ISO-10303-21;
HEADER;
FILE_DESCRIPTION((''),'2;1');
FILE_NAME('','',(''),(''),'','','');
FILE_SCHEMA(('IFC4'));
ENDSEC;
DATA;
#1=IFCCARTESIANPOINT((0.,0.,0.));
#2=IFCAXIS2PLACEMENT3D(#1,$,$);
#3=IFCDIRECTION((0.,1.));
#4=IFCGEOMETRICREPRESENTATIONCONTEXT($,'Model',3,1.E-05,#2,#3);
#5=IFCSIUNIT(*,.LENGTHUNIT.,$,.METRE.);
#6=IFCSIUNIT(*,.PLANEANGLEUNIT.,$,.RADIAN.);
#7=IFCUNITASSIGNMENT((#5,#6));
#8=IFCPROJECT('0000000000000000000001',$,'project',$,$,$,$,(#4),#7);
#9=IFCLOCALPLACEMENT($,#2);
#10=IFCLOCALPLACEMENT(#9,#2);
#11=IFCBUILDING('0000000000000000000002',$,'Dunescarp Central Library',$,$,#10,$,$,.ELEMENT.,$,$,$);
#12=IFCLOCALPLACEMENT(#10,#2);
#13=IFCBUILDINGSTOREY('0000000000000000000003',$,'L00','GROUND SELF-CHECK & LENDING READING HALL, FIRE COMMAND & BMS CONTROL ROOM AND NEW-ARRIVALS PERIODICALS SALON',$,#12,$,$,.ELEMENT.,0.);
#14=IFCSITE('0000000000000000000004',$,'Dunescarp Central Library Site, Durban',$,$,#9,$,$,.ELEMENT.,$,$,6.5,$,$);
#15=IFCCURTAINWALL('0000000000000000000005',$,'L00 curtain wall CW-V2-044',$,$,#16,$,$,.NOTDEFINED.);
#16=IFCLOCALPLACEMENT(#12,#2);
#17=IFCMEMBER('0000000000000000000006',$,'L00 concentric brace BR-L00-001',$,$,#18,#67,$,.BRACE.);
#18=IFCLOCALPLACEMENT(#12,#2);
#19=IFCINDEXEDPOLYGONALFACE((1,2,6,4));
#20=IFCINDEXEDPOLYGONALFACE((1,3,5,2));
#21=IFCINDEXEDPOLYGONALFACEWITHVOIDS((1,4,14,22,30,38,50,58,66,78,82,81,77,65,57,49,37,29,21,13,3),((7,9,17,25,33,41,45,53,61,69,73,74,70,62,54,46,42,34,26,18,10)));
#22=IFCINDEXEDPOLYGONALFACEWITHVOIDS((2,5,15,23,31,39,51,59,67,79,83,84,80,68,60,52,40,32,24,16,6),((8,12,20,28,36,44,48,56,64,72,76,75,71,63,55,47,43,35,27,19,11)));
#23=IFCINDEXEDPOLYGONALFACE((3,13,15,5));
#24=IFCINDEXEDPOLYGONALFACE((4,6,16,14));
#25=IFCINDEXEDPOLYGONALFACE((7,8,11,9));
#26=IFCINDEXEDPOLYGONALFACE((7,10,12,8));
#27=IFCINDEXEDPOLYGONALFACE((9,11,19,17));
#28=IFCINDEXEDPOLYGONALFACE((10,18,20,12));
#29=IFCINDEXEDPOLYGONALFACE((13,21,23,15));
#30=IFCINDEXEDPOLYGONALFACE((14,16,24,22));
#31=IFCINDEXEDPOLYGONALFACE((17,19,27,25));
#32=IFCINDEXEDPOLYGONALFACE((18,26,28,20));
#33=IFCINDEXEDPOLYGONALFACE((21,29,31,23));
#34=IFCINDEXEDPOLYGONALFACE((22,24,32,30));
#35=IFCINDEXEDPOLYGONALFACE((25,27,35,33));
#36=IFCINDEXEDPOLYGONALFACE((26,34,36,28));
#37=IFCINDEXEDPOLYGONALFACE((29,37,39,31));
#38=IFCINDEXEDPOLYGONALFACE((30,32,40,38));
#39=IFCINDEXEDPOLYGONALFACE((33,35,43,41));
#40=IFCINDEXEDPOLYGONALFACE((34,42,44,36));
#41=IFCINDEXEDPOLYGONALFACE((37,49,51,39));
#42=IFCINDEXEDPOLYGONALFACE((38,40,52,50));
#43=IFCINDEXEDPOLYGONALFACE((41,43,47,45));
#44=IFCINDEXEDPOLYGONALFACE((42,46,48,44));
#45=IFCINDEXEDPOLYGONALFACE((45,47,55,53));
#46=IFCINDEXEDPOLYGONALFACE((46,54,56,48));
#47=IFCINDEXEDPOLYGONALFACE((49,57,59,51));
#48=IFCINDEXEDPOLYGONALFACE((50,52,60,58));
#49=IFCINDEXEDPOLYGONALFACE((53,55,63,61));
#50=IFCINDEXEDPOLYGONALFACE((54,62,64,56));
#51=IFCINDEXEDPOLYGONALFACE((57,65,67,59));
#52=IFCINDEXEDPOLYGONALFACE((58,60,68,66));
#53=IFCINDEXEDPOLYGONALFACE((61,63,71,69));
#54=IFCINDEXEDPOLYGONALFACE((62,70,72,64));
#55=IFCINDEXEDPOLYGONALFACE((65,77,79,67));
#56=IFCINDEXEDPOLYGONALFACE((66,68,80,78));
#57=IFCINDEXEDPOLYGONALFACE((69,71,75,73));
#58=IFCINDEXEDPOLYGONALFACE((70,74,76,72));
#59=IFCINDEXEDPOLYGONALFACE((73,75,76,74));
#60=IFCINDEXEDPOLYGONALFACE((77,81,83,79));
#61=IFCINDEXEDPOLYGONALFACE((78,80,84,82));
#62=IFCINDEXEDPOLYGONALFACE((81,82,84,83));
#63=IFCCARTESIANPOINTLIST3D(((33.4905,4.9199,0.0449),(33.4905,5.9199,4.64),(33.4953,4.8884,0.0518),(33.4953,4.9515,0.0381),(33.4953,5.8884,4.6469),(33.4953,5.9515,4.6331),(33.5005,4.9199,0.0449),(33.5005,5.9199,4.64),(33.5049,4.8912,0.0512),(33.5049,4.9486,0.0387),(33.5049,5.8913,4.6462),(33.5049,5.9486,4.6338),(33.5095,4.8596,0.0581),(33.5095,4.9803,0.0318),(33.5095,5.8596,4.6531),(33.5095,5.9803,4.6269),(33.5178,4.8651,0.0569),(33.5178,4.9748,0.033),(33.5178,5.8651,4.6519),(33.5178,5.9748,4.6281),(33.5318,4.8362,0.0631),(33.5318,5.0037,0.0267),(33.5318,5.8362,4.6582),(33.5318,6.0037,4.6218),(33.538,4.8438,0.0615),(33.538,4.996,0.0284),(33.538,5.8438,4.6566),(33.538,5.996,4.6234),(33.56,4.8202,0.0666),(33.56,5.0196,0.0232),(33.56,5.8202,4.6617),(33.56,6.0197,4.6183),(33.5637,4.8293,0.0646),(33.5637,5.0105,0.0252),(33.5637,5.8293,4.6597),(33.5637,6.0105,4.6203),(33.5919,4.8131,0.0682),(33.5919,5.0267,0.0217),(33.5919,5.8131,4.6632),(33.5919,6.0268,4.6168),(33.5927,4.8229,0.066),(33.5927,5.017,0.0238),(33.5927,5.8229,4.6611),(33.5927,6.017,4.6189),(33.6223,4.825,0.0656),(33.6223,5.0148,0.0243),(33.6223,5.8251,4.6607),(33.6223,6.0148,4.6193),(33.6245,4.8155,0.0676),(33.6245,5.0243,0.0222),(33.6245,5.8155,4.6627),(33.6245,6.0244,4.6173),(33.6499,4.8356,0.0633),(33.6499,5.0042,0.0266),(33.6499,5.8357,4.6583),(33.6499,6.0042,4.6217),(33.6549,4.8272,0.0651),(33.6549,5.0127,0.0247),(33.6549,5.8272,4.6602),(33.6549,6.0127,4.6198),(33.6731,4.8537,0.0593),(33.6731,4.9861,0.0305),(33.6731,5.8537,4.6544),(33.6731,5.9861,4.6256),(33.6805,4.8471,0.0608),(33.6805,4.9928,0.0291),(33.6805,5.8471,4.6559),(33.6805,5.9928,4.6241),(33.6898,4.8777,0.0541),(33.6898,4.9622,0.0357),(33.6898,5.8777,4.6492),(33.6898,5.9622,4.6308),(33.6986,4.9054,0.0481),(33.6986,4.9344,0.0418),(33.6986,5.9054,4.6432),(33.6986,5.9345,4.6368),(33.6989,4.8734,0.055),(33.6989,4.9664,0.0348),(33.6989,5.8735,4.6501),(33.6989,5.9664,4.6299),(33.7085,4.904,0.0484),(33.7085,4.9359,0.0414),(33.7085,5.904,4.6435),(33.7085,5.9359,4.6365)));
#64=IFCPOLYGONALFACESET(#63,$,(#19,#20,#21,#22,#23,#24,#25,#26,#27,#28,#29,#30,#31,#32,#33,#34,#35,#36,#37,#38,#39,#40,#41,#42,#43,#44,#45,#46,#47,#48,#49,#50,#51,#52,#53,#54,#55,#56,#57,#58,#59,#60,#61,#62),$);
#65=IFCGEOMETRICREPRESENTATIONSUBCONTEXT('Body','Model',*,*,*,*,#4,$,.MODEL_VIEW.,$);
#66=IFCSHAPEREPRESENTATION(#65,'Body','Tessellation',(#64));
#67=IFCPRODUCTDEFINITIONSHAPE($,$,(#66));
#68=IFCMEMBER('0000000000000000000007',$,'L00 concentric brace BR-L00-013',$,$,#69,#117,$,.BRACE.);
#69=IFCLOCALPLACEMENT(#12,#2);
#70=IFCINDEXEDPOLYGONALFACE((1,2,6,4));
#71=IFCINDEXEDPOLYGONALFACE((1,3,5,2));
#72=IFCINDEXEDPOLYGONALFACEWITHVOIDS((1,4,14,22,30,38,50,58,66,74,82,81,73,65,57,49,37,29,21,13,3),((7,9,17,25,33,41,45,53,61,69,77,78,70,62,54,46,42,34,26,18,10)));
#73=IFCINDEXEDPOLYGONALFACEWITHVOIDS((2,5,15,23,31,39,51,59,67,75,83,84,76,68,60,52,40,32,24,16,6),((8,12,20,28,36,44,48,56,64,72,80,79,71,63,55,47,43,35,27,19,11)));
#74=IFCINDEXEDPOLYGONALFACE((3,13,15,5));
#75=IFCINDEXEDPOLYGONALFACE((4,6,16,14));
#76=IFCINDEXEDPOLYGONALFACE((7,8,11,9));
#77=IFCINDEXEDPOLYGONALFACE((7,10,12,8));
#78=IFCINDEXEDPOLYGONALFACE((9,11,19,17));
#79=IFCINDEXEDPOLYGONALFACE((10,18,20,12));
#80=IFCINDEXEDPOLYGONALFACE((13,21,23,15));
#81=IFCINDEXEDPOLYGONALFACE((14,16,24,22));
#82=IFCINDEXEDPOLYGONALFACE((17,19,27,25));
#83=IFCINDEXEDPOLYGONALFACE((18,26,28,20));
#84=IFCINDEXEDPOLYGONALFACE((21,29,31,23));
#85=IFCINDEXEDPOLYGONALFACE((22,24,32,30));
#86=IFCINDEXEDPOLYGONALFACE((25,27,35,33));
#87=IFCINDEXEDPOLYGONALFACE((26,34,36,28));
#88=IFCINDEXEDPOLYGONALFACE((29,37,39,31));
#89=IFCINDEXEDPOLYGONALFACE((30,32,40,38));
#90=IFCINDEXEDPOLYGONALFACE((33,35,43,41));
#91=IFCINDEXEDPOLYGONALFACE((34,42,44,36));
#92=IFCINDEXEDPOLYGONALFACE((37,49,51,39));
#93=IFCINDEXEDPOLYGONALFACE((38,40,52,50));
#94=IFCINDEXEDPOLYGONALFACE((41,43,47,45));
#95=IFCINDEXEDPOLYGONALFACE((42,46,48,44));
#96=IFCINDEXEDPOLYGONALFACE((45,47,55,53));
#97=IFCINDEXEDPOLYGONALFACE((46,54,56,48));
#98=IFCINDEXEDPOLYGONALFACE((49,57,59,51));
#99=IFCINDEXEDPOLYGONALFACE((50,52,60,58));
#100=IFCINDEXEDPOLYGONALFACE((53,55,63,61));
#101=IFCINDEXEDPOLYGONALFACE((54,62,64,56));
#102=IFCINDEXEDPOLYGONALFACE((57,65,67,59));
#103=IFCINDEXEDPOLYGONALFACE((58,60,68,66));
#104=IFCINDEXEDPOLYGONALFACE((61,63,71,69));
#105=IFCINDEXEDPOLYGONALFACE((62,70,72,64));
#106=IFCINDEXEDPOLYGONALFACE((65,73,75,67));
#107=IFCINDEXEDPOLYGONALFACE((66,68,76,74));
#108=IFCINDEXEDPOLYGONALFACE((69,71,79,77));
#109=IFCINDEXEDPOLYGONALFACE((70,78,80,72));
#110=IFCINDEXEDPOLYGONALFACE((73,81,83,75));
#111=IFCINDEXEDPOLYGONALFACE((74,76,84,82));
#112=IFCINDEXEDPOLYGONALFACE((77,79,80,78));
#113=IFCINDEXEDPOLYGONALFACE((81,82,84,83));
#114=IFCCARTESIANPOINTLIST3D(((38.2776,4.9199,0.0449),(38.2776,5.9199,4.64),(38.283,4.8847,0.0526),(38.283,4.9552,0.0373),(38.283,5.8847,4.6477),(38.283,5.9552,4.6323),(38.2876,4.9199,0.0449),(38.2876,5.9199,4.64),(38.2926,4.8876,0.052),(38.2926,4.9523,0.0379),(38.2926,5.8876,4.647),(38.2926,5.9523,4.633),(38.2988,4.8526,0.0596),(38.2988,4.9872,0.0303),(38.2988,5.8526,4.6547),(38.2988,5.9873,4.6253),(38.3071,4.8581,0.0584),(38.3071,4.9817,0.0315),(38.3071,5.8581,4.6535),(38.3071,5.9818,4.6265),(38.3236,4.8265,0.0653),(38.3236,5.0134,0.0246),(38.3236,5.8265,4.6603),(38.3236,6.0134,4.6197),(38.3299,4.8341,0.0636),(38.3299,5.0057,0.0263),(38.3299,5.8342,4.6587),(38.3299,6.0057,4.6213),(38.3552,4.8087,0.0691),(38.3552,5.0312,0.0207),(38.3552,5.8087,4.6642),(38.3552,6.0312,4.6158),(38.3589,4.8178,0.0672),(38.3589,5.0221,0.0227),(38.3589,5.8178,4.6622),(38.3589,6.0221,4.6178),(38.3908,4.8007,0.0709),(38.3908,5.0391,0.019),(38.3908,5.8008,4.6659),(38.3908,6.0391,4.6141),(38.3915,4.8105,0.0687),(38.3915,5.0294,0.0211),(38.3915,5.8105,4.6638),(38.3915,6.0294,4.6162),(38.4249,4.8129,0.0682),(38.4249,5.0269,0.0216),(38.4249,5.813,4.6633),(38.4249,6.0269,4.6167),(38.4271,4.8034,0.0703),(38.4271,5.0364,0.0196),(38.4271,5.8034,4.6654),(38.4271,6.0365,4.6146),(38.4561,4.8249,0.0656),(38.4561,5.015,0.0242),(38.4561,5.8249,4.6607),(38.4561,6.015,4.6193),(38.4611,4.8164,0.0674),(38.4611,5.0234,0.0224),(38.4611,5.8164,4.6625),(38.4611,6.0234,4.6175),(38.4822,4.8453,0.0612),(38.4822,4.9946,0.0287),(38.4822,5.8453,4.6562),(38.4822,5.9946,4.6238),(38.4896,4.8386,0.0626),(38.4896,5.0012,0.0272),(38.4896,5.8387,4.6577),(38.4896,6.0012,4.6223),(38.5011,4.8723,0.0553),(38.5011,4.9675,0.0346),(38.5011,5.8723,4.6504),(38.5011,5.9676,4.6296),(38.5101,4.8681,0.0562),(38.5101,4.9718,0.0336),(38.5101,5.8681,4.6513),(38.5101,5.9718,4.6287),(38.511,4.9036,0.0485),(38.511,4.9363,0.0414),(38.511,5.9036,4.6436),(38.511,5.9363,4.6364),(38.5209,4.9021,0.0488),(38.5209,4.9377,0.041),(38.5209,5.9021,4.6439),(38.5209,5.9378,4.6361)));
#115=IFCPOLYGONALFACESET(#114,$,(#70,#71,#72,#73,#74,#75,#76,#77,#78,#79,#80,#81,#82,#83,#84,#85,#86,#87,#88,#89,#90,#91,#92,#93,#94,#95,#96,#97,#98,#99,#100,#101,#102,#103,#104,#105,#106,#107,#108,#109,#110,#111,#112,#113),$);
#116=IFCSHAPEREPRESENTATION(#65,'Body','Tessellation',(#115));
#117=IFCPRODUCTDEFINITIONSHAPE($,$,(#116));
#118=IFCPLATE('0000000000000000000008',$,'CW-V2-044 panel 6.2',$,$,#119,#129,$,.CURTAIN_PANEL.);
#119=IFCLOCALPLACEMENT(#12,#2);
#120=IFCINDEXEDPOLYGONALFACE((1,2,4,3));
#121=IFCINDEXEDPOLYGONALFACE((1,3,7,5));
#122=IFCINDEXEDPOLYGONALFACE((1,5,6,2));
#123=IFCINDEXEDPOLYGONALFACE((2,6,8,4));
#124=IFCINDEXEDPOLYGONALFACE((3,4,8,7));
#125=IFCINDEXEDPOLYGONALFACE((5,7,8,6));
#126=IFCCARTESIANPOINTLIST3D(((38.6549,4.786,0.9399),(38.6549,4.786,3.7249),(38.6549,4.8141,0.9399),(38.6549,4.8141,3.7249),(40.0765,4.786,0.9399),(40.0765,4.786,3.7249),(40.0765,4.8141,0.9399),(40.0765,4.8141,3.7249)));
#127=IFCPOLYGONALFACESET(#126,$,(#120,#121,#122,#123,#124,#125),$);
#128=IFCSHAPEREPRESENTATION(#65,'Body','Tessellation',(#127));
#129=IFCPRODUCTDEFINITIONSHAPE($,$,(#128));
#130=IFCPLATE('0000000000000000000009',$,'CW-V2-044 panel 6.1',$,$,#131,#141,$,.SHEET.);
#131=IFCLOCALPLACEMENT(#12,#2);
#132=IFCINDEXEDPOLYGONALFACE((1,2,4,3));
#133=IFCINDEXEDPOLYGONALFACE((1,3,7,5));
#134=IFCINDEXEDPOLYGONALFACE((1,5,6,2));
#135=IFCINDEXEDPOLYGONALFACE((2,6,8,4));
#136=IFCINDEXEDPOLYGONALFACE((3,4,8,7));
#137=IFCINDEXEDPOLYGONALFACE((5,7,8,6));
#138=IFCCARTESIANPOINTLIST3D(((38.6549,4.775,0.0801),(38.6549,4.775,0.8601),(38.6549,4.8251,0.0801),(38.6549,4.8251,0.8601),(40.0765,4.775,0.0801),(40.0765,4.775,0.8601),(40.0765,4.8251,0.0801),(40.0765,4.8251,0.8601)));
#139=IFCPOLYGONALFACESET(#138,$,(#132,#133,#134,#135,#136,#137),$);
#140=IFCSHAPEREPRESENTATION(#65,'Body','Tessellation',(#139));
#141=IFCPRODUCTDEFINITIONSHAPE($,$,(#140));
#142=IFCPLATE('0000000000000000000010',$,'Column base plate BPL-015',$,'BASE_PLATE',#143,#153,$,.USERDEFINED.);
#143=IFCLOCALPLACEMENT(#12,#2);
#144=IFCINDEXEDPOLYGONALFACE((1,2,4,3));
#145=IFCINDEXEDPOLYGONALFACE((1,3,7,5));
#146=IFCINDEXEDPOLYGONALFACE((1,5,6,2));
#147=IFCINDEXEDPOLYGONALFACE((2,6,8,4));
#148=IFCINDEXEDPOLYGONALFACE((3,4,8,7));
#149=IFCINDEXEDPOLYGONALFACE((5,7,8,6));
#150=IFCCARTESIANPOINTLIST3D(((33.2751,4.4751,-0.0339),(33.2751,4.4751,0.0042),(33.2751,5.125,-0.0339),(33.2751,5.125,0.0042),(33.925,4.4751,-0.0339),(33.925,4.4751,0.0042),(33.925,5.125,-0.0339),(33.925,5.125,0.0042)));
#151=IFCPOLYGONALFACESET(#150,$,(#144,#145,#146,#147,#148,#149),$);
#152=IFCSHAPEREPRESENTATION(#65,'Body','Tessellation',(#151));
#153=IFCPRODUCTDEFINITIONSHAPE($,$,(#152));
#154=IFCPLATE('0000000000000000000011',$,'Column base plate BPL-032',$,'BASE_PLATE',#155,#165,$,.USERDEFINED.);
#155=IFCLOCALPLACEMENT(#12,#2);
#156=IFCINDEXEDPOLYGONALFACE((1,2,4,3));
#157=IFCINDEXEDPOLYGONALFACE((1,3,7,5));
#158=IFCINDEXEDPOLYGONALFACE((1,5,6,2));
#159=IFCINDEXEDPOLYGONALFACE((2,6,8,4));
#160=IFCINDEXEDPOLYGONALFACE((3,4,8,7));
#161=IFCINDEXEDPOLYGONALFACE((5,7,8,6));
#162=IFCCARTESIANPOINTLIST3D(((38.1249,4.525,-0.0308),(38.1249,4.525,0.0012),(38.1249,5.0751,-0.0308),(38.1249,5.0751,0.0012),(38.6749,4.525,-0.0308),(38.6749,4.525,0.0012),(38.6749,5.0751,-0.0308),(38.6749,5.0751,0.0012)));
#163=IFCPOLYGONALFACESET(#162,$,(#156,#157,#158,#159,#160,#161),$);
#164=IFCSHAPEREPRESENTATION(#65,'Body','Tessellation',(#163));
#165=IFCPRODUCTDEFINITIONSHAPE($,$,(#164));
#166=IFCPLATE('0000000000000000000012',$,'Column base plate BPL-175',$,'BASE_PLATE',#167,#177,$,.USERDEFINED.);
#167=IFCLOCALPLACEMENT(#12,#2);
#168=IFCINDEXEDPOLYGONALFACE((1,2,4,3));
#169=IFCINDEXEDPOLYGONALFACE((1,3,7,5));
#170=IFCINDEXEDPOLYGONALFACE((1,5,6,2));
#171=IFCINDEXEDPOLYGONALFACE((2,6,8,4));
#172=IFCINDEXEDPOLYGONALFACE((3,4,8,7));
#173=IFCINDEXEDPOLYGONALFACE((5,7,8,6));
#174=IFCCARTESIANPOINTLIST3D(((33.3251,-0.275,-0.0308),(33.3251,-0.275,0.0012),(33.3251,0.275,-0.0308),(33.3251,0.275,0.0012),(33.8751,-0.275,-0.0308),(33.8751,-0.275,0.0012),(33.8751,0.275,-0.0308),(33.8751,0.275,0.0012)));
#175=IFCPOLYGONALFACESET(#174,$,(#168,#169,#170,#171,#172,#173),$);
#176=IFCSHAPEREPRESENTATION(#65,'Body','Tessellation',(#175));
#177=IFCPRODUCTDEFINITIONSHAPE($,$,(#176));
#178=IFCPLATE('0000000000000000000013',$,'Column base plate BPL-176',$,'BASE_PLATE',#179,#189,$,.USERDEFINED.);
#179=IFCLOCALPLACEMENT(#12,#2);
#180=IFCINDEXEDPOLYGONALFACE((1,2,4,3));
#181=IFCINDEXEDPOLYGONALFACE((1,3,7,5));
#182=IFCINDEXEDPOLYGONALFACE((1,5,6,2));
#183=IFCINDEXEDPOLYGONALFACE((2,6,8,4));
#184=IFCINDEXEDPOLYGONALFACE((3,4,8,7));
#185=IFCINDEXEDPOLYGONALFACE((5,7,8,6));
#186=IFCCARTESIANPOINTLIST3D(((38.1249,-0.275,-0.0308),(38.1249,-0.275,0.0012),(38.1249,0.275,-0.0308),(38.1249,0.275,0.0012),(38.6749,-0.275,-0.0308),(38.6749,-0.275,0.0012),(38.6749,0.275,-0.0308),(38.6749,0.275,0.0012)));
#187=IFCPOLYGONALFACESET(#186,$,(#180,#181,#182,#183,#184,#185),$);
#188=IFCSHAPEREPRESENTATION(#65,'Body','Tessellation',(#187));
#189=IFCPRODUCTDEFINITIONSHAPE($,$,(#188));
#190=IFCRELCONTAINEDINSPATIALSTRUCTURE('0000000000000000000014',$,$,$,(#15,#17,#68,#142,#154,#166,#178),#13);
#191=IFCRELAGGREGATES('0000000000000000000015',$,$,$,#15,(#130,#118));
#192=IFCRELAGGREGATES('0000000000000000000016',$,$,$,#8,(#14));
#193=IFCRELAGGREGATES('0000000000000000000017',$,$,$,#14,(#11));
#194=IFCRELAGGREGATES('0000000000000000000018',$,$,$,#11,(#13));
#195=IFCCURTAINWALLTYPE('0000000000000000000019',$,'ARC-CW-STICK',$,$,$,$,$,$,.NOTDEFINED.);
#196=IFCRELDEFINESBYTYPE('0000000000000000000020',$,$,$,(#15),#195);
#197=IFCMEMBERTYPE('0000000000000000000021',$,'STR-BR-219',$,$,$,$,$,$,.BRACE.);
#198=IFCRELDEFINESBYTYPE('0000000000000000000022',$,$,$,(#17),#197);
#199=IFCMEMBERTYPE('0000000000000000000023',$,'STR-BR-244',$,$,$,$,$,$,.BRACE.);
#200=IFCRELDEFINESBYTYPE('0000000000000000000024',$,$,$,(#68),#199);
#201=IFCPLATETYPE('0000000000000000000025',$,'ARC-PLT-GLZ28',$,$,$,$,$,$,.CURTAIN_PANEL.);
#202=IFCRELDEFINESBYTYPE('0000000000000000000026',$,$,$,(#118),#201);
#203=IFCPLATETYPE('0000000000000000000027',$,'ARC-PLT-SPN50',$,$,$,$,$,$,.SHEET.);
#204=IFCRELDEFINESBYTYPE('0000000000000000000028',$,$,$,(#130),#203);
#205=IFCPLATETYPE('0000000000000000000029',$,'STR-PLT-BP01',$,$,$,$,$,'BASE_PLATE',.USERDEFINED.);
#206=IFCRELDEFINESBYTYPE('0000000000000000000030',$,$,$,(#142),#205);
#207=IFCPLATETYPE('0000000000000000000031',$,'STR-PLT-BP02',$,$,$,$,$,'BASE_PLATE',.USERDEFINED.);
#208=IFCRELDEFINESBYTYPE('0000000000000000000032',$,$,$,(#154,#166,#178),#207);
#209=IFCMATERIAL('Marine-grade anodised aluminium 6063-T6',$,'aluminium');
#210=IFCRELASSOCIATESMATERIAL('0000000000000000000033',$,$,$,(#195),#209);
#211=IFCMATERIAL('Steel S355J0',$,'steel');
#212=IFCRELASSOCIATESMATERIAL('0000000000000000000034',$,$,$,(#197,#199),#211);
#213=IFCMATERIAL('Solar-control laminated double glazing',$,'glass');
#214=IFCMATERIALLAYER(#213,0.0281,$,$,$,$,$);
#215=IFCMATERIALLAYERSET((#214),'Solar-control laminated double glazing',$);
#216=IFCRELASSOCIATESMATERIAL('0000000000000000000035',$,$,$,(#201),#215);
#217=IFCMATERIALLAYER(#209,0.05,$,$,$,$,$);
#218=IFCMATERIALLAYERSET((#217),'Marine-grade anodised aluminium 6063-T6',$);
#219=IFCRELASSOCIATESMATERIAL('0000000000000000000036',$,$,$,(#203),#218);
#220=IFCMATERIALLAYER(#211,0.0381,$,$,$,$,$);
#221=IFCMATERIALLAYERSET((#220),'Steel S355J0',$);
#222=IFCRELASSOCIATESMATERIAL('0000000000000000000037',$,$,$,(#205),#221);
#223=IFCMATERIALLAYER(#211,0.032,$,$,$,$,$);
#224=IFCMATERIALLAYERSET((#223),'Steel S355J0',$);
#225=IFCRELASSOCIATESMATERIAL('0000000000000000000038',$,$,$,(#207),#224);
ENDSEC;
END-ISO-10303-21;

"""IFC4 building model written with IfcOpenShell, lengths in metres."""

from ifc_helpers import new_model, si_unit, direction, frame, origin, origin_2d, place, context, subcontext, project, spatial, rectangle, hollow_circle, extrude, material, layer, layer_set, material_profile, profile_set, type_object, element, aggregate, save


model = new_model("IFC4")

# Units and contexts
model_context = context("Model", 3, precision=1e-05, world=origin(), true_north=direction((0.0, 1.0)))
body_context = subcontext(model_context, "Body", "Model", "MODEL_VIEW")
ifc_project = project(units=[si_unit("LENGTHUNIT", "METRE"), si_unit("PLANEANGLEUNIT", "RADIAN")], contexts=[model_context])

# Site, building, storey
site_placement = place(None, origin())
site = spatial("IfcSite", under=ifc_project, at=site_placement, Name="Dunescarp Central Library Site, Durban", CompositionType="ELEMENT", RefElevation=6.5)
building_placement = place(site_placement, origin())
building = spatial("IfcBuilding", under=site, at=building_placement, Name="Dunescarp Central Library", CompositionType="ELEMENT")
storey_placement = place(building_placement, origin())
storey = spatial("IfcBuildingStorey", under=building, at=storey_placement, Name="L00", Description="GROUND SELF-CHECK & LENDING READING HALL, FIRE COMMAND & BMS CONTROL ROOM AND NEW-ARRIVALS PERIODICALS SALON", CompositionType="ELEMENT", Elevation=0.0)

# Shared definitions
ifc_material_1 = material(Name="Steel S355J0", Category="steel")

# Curtain wall
ifc_material_2 = material(Name="Marine-grade anodised aluminium 6063-T6", Category="aluminium")
curtain_wall_type = type_object("IfcCurtainWallType", Name="ARC-CW-STICK", PredefinedType="NOTDEFINED", material=ifc_material_2)
curtain_wall_placement = place(storey_placement, origin())
curtain_wall = element("IfcCurtainWall", 1, at=curtain_wall_placement, inside=storey, type_object=curtain_wall_type, Name="L00 curtain wall CW-V2-044", PredefinedType="NOTDEFINED")

# Members
ifc_material_profile_1 = material_profile(ifc_material_1, hollow_circle(Radius=0.1096, WallThickness=0.01, at=origin_2d()), Name="CHS 219.1x10")
ifc_profile_set_1 = profile_set([ifc_material_profile_1], Name="Steel S355J0")
member_type_1 = type_object("IfcMemberType", Name="STR-BR-219", PredefinedType="BRACE", material=ifc_profile_set_1)
member_1_placement = place(storey_placement, frame((33.6001, 4.9199, 0.0449), z_axis=(0.0, 0.212652, 0.977128), x_axis=(-1.0, 0.0, 0.0)))
element("IfcMember", 2, at=member_1_placement, inside=storey, type_object=member_type_1, Name="L00 concentric brace BR-L00-001", PredefinedType="BRACE", context=body_context, shape_type="SweptSolid", body=[
    extrude(hollow_circle(Radius=0.1096, WallThickness=0.01, at=origin_2d()), origin(), (0.0, 0.0, 1.0), 4.7026),
])
ifc_material_profile_2 = material_profile(ifc_material_1, hollow_circle(Radius=0.1223, WallThickness=0.01, at=origin_2d()), Name="CHS 244.5x10")
ifc_profile_set_2 = profile_set([ifc_material_profile_2], Name="Steel S355J0")
member_type_2 = type_object("IfcMemberType", Name="STR-BR-244", PredefinedType="BRACE", material=ifc_profile_set_2)
member_2_placement = place(storey_placement, frame((38.3999, 4.9199, 0.0449), z_axis=(0.0, 0.212652, 0.977128), x_axis=(-1.0, 0.0, 0.0)))
element("IfcMember", 3, at=member_2_placement, inside=storey, type_object=member_type_2, Name="L00 concentric brace BR-L00-013", PredefinedType="BRACE", context=body_context, shape_type="SweptSolid", body=[
    extrude(hollow_circle(Radius=0.1223, WallThickness=0.01, at=origin_2d()), origin(), (0.0, 0.0, 1.0), 4.7026),
])

# Plates
ifc_material_3 = material(Name="Solar-control laminated double glazing", Category="glass")
ifc_layer_1 = layer(ifc_material_3, 0.0281)
ifc_layer_set_1 = layer_set([ifc_layer_1], Name="Solar-control laminated double glazing")
plate_type_1 = type_object("IfcPlateType", Name="ARC-PLT-GLZ28", PredefinedType="CURTAIN_PANEL", material=ifc_layer_set_1)
plate_1_placement = place(storey_placement, frame((39.3657, 4.8, 0.9399), z_axis=(0.0, 0.0, 1.0), x_axis=(-1.0, 0.0, 0.0)))
plate_1 = element("IfcPlate", 4, at=plate_1_placement, type_object=plate_type_1, Name="CW-V2-044 panel 6.2", PredefinedType="CURTAIN_PANEL", context=body_context, shape_type="SweptSolid", body=[
    extrude(rectangle(XDim=1.4216, YDim=0.0281, at=origin_2d()), origin(), (0.0, 0.0, 1.0), 2.7849),
])
ifc_layer_2 = layer(ifc_material_2, 0.05)
ifc_layer_set_2 = layer_set([ifc_layer_2], Name="Marine-grade anodised aluminium 6063-T6")
plate_type_2 = type_object("IfcPlateType", Name="ARC-PLT-SPN50", PredefinedType="SHEET", material=ifc_layer_set_2)
plate_2_placement = place(storey_placement, frame((39.3657, 4.8, 0.0801), z_axis=(0.0, 0.0, 1.0), x_axis=(-1.0, 0.0, 0.0)))
plate_2 = element("IfcPlate", 5, at=plate_2_placement, type_object=plate_type_2, Name="CW-V2-044 panel 6.1", PredefinedType="SHEET", context=body_context, shape_type="SweptSolid", body=[
    extrude(rectangle(XDim=1.4216, YDim=0.05, at=origin_2d()), origin(), (0.0, 0.0, 1.0), 0.78),
])
aggregate(curtain_wall, [plate_2, plate_1])

# Plates
ifc_layer_3 = layer(ifc_material_1, 0.0381)
ifc_layer_set_3 = layer_set([ifc_layer_3], Name="Steel S355J0")
plate_type_3 = type_object("IfcPlateType", Name="STR-PLT-BP01", ElementType="BASE_PLATE", PredefinedType="USERDEFINED", material=ifc_layer_set_3)
plate_3_placement = place(storey_placement, frame((33.6001, 4.8, -0.0339), z_axis=(0.0, 0.0, 1.0), x_axis=(1.0, 0.0, 0.0)))
element("IfcPlate", 6, at=plate_3_placement, inside=storey, type_object=plate_type_3, Name="Column base plate BPL-015", ObjectType="BASE_PLATE", PredefinedType="USERDEFINED", context=body_context, shape_type="SweptSolid", body=[
    extrude(rectangle(XDim=0.6499, YDim=0.6499, at=origin_2d()), origin(), (0.0, 0.0, 1.0), 0.0381),
])
ifc_layer_4 = layer(ifc_material_1, 0.032)
ifc_layer_set_4 = layer_set([ifc_layer_4], Name="Steel S355J0")
plate_type_4 = type_object("IfcPlateType", Name="STR-PLT-BP02", ElementType="BASE_PLATE", PredefinedType="USERDEFINED", material=ifc_layer_set_4)
for number, where, z_axis, x_axis, name in (
    (7, (38.3999, 4.8, -0.0308), (0.0, 0.0, 1.0), (1.0, 0.0, 0.0), "Column base plate BPL-032"),
    (8, (33.6001, 0.0, -0.0308), (0.0, 0.0, 1.0), (1.0, 0.0, 0.0), "Column base plate BPL-175"),
    (9, (38.3999, 0.0, -0.0308), (0.0, 0.0, 1.0), (1.0, 0.0, 0.0), "Column base plate BPL-176"),
):
    element("IfcPlate", number, at=place(storey_placement, frame(where, z_axis=z_axis, x_axis=x_axis)), inside=storey, type_object=plate_type_4, Name=name, ObjectType="BASE_PLATE", PredefinedType="USERDEFINED", context=body_context, shape_type="SweptSolid", body=[
        extrude(rectangle(XDim=0.55, YDim=0.55, at=origin_2d()), origin(), (0.0, 0.0, 1.0), 0.032),
    ])

save(model, "model.ifc")
